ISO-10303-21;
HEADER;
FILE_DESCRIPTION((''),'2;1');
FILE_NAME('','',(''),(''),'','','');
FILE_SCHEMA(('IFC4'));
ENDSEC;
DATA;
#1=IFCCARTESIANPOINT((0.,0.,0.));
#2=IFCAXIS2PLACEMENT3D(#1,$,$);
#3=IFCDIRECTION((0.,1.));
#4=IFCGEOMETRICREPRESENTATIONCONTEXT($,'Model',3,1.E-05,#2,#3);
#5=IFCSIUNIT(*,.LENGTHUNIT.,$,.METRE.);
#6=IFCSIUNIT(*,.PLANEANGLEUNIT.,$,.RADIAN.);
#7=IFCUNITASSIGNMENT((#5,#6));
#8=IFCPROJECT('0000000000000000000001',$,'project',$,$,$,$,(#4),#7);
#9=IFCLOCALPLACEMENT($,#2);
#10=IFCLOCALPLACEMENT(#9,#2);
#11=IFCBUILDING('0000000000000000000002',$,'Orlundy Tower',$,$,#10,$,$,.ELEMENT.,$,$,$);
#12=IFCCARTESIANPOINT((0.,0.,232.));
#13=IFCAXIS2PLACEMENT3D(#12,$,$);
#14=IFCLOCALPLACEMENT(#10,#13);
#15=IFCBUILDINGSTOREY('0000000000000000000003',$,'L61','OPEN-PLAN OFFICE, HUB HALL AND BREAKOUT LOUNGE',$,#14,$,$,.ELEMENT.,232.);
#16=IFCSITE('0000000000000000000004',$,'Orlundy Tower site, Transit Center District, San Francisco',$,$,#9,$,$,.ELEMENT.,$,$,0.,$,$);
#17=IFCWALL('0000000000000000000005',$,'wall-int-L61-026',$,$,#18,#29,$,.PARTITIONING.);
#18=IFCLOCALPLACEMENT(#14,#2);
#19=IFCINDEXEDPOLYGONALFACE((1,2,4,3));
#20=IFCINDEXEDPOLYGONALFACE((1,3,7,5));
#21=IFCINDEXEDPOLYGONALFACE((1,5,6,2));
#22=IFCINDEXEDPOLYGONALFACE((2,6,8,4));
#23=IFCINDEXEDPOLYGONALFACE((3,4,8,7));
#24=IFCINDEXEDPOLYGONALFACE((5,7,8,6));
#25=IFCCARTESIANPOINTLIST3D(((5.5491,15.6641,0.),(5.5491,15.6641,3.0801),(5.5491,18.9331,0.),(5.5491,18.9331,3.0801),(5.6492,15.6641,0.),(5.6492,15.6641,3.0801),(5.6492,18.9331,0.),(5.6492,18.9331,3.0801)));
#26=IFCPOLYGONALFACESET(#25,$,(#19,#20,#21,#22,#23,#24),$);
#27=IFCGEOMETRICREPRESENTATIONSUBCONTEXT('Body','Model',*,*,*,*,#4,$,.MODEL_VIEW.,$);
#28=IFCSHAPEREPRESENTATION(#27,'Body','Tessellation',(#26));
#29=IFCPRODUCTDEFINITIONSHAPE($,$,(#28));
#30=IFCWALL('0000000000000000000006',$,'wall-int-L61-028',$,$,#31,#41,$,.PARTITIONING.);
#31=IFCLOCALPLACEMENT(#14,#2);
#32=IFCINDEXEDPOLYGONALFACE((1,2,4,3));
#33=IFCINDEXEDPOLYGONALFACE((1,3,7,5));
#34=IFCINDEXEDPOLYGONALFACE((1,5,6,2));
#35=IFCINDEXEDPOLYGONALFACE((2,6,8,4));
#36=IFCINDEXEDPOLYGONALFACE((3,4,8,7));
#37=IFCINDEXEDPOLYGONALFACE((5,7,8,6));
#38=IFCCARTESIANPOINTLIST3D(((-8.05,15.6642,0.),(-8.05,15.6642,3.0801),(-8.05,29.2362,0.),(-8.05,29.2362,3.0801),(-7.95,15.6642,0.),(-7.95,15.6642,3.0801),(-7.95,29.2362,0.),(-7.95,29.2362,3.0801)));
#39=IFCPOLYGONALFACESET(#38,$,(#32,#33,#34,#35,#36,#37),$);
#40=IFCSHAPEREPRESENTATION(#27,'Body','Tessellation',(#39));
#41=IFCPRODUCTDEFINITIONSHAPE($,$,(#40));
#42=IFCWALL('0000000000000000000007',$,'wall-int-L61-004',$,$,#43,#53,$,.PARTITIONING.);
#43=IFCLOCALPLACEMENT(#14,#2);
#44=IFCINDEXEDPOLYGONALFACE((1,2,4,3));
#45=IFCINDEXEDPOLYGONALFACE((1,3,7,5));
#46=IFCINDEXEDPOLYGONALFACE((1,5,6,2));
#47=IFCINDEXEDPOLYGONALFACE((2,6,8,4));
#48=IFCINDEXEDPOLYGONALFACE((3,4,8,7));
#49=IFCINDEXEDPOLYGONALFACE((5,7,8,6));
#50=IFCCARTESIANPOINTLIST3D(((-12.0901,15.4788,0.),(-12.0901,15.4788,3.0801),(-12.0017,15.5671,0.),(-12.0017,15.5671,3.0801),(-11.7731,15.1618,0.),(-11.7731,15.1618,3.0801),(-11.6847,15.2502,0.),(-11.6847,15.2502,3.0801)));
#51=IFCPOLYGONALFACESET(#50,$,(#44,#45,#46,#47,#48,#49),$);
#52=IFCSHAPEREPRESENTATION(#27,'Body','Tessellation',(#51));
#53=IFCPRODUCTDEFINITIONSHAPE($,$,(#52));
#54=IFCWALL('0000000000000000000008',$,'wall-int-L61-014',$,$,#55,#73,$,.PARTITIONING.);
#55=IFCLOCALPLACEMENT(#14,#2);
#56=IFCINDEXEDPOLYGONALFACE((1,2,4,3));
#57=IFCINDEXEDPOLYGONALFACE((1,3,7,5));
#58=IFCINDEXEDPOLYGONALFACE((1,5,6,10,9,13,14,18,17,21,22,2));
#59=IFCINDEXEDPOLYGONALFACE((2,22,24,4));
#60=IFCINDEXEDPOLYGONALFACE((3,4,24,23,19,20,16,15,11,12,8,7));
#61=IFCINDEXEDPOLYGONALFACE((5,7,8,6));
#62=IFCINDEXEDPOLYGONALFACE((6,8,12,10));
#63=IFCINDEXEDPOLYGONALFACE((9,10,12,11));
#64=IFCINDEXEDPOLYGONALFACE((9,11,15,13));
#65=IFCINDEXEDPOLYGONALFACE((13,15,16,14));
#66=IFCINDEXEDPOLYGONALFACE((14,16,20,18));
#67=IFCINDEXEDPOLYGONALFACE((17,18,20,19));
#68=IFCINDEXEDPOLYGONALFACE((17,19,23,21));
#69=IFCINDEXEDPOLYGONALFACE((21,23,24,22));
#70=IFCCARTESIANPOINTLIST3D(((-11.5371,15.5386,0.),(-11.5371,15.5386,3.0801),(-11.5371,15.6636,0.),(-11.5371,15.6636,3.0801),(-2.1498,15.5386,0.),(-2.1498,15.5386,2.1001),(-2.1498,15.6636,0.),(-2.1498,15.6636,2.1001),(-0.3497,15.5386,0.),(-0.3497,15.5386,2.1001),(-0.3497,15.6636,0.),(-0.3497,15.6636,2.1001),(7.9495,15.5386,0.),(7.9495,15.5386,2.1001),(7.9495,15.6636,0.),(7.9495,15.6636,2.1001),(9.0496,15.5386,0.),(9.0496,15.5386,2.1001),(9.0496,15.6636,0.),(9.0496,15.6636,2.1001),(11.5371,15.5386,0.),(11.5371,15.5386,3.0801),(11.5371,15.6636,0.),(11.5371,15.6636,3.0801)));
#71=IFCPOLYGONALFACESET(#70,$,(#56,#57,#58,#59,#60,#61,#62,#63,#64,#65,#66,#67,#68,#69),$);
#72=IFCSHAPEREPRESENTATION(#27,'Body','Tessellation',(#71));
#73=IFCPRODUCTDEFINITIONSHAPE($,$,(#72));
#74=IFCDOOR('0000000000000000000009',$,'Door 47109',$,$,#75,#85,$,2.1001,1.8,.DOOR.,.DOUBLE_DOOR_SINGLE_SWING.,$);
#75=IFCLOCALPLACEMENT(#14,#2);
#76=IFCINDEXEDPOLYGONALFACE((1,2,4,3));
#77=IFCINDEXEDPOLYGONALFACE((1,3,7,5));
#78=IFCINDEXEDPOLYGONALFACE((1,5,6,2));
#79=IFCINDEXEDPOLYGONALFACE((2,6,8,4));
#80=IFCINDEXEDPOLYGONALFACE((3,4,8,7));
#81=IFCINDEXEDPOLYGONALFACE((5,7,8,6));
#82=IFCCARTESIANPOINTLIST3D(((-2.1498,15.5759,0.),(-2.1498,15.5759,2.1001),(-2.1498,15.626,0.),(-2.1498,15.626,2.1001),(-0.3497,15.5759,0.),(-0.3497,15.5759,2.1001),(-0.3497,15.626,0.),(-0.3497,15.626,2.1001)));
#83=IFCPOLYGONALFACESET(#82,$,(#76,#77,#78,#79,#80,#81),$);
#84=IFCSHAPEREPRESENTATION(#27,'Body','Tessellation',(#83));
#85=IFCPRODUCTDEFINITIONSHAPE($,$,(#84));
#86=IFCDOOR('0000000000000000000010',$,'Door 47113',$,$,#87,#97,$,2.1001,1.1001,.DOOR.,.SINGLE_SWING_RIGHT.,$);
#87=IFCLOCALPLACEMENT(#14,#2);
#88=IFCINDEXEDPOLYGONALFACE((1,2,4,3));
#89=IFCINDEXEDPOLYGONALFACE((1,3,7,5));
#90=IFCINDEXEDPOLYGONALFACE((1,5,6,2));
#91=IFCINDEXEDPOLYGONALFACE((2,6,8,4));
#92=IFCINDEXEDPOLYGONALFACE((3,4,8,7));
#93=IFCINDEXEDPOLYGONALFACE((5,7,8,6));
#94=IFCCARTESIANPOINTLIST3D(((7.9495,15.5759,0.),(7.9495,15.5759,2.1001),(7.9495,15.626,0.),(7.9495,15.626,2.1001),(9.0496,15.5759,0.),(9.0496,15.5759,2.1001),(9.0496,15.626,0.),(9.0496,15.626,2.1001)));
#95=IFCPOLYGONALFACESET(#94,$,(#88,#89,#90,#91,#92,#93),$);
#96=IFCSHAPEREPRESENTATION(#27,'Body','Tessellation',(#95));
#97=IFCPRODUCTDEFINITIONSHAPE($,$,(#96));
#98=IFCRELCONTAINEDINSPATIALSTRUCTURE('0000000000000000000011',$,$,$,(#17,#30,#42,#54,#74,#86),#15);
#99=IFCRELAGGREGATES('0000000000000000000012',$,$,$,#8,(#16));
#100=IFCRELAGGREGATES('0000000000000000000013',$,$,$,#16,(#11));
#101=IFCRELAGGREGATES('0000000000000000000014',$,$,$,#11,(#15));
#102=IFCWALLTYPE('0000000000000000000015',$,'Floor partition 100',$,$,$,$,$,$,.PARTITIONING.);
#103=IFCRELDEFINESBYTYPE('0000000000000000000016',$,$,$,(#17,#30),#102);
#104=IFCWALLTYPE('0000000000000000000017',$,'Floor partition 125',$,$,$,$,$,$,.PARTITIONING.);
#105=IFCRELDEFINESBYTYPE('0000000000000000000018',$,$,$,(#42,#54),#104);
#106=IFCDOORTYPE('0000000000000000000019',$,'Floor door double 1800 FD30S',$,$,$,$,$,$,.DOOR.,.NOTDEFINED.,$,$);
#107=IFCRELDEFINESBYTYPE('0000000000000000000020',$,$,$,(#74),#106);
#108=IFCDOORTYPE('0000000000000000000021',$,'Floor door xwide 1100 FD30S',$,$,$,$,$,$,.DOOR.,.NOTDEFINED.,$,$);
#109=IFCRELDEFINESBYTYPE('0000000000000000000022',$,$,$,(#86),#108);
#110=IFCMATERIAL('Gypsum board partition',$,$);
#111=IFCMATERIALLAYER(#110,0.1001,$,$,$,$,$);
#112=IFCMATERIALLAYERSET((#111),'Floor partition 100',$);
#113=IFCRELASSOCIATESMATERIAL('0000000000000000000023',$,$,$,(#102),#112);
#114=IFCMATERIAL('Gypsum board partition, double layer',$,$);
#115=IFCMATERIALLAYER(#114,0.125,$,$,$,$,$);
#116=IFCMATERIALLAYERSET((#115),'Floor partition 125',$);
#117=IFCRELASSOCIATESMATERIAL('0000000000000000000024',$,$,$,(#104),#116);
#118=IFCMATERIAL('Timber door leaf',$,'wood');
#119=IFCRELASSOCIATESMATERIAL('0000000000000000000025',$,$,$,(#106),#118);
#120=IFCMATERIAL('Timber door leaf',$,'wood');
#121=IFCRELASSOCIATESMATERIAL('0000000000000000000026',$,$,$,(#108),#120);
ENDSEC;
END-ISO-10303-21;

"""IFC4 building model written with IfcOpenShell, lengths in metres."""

from ifc_helpers import new_model, si_unit, direction, frame, frame_2d, origin, place, context, subcontext, project, spatial, rectangle, extrude, material, layer, layer_set, type_object, element, fill, save


model = new_model("IFC4")

# Units and contexts
model_context = context("Model", 3, precision=1e-05, world=origin(), true_north=direction((0.0, 1.0)))
body_context = subcontext(model_context, "Body", "Model", "MODEL_VIEW")
ifc_project = project(units=[si_unit("LENGTHUNIT", "METRE"), si_unit("PLANEANGLEUNIT", "RADIAN")], contexts=[model_context])

# Site, building, storey
site_placement = place(None, origin())
site = spatial("IfcSite", under=ifc_project, at=site_placement, Name="Orlundy Tower site, Transit Center District, San Francisco", CompositionType="ELEMENT", RefElevation=0.0)
building_placement = place(site_placement, origin())
building = spatial("IfcBuilding", under=site, at=building_placement, Name="Orlundy Tower", CompositionType="ELEMENT")
storey_placement = place(building_placement, frame((0.0, 0.0, 232.0)))
storey = spatial("IfcBuildingStorey", under=building, at=storey_placement, Name="L61", Description="OPEN-PLAN OFFICE, HUB HALL AND BREAKOUT LOUNGE", CompositionType="ELEMENT", Elevation=232.0)

# Walls
ifc_material_1 = material(Name="Gypsum board partition")
ifc_layer_1 = layer(ifc_material_1, 0.1001)
ifc_layer_set_1 = layer_set([ifc_layer_1], Name="Floor partition 100")
wall_type_1 = type_object("IfcWallType", Name="Floor partition 100", PredefinedType="PARTITIONING", material=ifc_layer_set_1)
wall_1_placement = place(storey_placement, frame((5.5991, 15.6641, 0.0), z_axis=(0.0, 0.0, 1.0), x_axis=(0.0, 1.0, 0.0)))
element("IfcWall", 1, at=wall_1_placement, inside=storey, type_object=wall_type_1, Name="wall-int-L61-026", PredefinedType="PARTITIONING", context=body_context, shape_type="SweptSolid", body=[
    extrude(rectangle(XDim=3.269, YDim=0.1001, at=frame_2d((1.6345, 0.0))), origin(), (0.0, 0.0, 1.0), 3.0801),
])
wall_2_placement = place(storey_placement, frame((-8.0, 15.6641, 0.0), z_axis=(0.0, 0.0, 1.0), x_axis=(0.0, 1.0, 0.0)))
element("IfcWall", 2, at=wall_2_placement, inside=storey, type_object=wall_type_1, Name="wall-int-L61-028", PredefinedType="PARTITIONING", context=body_context, shape_type="SweptSolid", body=[
    extrude(rectangle(XDim=13.572, YDim=0.1001, at=frame_2d((6.7861, 0.0))), origin(), (0.0, 0.0, 1.0), 3.0801),
])
ifc_material_2 = material(Name="Gypsum board partition, double layer")
ifc_layer_2 = layer(ifc_material_2, 0.125)
ifc_layer_set_2 = layer_set([ifc_layer_2], Name="Floor partition 125")
wall_type_2 = type_object("IfcWallType", Name="Floor partition 125", PredefinedType="PARTITIONING", material=ifc_layer_set_2)
wall_3_placement = place(storey_placement, frame((-12.0459, 15.5229, 0.0), z_axis=(0.0, 0.0, 1.0), x_axis=(0.707107, -0.707107, 0.0)))
element("IfcWall", 3, at=wall_3_placement, inside=storey, type_object=wall_type_2, Name="wall-int-L61-004", PredefinedType="PARTITIONING", context=body_context, shape_type="SweptSolid", body=[
    extrude(rectangle(XDim=0.4482, YDim=0.125, at=frame_2d((0.2241, 0.0))), origin(), (0.0, 0.0, 1.0), 3.0801),
])

# Wall, openings, doors
wall_4_placement = place(storey_placement, frame((-11.5371, 15.6011, 0.0), z_axis=(0.0, 0.0, 1.0), x_axis=(1.0, 0.0, 0.0)))
wall_4 = element("IfcWall", 4, at=wall_4_placement, inside=storey, type_object=wall_type_2, Name="wall-int-L61-014", PredefinedType="PARTITIONING", context=body_context, shape_type="SweptSolid", body=[
    extrude(rectangle(XDim=23.0742, YDim=0.125, at=frame_2d((11.5371, 0.0))), origin(), (0.0, 0.0, 1.0), 3.0801),
])
opening_1_placement = place(wall_4_placement, frame((9.3875, 0.0, 0.0)))
opening_1 = element("IfcOpeningElement", 5, at=opening_1_placement, cuts=wall_4, PredefinedType="OPENING", context=body_context, shape_type="SweptSolid", body=[
    extrude(rectangle(XDim=1.8, YDim=2.1001, at=frame_2d((0.8999, 1.05))), frame((0.0, 0.0725, 0.0), z_axis=(0.0, -1.0, 0.0), x_axis=(1.0, 0.0, 0.0)), (0.0, 0.0, 1.0), 0.145),
])
opening_2_placement = place(wall_4_placement, frame((19.4866, 0.0, 0.0)))
opening_2 = element("IfcOpeningElement", 6, at=opening_2_placement, cuts=wall_4, PredefinedType="OPENING", context=body_context, shape_type="SweptSolid", body=[
    extrude(rectangle(XDim=1.1001, YDim=2.1001, at=frame_2d((0.55, 1.05))), frame((0.0, 0.0725, 0.0), z_axis=(0.0, -1.0, 0.0), x_axis=(1.0, 0.0, 0.0)), (0.0, 0.0, 1.0), 0.145),
])
ifc_material_3 = material(Name="Timber door leaf", Category="wood")
door_type_1 = type_object("IfcDoorType", Name="Floor door double 1800 FD30S", OperationType="NOTDEFINED", PredefinedType="DOOR", material=ifc_material_3)
door_1_placement = place(opening_1_placement, origin())
door_1 = element("IfcDoor", 7, at=door_1_placement, inside=storey, type_object=door_type_1, Name="Door 47109", OperationType="DOUBLE_DOOR_SINGLE_SWING", OverallHeight=2.1001, OverallWidth=1.8, PredefinedType="DOOR", context=body_context, shape_type="SweptSolid", body=[
    extrude(rectangle(XDim=1.8, YDim=2.1001, at=frame_2d((0.8999, 1.05))), frame((0.0, 0.0249, 0.0), z_axis=(0.0, -1.0, 0.0), x_axis=(1.0, 0.0, 0.0)), (0.0, 0.0, 1.0), 0.05),
])
fill(opening_1, door_1)
ifc_material_4 = material(Name="Timber door leaf", Category="wood")
door_type_2 = type_object("IfcDoorType", Name="Floor door xwide 1100 FD30S", OperationType="NOTDEFINED", PredefinedType="DOOR", material=ifc_material_4)
door_2_placement = place(opening_2_placement, origin())
door_2 = element("IfcDoor", 8, at=door_2_placement, inside=storey, type_object=door_type_2, Name="Door 47113", OperationType="SINGLE_SWING_RIGHT", OverallHeight=2.1001, OverallWidth=1.1001, PredefinedType="DOOR", context=body_context, shape_type="SweptSolid", body=[
    extrude(rectangle(XDim=1.1001, YDim=2.1001, at=frame_2d((0.55, 1.05))), frame((0.0, 0.0249, 0.0), z_axis=(0.0, -1.0, 0.0), x_axis=(1.0, 0.0, 0.0)), (0.0, 0.0, 1.0), 0.05),
])
fill(opening_2, door_2)

save(model, "model.ifc")
